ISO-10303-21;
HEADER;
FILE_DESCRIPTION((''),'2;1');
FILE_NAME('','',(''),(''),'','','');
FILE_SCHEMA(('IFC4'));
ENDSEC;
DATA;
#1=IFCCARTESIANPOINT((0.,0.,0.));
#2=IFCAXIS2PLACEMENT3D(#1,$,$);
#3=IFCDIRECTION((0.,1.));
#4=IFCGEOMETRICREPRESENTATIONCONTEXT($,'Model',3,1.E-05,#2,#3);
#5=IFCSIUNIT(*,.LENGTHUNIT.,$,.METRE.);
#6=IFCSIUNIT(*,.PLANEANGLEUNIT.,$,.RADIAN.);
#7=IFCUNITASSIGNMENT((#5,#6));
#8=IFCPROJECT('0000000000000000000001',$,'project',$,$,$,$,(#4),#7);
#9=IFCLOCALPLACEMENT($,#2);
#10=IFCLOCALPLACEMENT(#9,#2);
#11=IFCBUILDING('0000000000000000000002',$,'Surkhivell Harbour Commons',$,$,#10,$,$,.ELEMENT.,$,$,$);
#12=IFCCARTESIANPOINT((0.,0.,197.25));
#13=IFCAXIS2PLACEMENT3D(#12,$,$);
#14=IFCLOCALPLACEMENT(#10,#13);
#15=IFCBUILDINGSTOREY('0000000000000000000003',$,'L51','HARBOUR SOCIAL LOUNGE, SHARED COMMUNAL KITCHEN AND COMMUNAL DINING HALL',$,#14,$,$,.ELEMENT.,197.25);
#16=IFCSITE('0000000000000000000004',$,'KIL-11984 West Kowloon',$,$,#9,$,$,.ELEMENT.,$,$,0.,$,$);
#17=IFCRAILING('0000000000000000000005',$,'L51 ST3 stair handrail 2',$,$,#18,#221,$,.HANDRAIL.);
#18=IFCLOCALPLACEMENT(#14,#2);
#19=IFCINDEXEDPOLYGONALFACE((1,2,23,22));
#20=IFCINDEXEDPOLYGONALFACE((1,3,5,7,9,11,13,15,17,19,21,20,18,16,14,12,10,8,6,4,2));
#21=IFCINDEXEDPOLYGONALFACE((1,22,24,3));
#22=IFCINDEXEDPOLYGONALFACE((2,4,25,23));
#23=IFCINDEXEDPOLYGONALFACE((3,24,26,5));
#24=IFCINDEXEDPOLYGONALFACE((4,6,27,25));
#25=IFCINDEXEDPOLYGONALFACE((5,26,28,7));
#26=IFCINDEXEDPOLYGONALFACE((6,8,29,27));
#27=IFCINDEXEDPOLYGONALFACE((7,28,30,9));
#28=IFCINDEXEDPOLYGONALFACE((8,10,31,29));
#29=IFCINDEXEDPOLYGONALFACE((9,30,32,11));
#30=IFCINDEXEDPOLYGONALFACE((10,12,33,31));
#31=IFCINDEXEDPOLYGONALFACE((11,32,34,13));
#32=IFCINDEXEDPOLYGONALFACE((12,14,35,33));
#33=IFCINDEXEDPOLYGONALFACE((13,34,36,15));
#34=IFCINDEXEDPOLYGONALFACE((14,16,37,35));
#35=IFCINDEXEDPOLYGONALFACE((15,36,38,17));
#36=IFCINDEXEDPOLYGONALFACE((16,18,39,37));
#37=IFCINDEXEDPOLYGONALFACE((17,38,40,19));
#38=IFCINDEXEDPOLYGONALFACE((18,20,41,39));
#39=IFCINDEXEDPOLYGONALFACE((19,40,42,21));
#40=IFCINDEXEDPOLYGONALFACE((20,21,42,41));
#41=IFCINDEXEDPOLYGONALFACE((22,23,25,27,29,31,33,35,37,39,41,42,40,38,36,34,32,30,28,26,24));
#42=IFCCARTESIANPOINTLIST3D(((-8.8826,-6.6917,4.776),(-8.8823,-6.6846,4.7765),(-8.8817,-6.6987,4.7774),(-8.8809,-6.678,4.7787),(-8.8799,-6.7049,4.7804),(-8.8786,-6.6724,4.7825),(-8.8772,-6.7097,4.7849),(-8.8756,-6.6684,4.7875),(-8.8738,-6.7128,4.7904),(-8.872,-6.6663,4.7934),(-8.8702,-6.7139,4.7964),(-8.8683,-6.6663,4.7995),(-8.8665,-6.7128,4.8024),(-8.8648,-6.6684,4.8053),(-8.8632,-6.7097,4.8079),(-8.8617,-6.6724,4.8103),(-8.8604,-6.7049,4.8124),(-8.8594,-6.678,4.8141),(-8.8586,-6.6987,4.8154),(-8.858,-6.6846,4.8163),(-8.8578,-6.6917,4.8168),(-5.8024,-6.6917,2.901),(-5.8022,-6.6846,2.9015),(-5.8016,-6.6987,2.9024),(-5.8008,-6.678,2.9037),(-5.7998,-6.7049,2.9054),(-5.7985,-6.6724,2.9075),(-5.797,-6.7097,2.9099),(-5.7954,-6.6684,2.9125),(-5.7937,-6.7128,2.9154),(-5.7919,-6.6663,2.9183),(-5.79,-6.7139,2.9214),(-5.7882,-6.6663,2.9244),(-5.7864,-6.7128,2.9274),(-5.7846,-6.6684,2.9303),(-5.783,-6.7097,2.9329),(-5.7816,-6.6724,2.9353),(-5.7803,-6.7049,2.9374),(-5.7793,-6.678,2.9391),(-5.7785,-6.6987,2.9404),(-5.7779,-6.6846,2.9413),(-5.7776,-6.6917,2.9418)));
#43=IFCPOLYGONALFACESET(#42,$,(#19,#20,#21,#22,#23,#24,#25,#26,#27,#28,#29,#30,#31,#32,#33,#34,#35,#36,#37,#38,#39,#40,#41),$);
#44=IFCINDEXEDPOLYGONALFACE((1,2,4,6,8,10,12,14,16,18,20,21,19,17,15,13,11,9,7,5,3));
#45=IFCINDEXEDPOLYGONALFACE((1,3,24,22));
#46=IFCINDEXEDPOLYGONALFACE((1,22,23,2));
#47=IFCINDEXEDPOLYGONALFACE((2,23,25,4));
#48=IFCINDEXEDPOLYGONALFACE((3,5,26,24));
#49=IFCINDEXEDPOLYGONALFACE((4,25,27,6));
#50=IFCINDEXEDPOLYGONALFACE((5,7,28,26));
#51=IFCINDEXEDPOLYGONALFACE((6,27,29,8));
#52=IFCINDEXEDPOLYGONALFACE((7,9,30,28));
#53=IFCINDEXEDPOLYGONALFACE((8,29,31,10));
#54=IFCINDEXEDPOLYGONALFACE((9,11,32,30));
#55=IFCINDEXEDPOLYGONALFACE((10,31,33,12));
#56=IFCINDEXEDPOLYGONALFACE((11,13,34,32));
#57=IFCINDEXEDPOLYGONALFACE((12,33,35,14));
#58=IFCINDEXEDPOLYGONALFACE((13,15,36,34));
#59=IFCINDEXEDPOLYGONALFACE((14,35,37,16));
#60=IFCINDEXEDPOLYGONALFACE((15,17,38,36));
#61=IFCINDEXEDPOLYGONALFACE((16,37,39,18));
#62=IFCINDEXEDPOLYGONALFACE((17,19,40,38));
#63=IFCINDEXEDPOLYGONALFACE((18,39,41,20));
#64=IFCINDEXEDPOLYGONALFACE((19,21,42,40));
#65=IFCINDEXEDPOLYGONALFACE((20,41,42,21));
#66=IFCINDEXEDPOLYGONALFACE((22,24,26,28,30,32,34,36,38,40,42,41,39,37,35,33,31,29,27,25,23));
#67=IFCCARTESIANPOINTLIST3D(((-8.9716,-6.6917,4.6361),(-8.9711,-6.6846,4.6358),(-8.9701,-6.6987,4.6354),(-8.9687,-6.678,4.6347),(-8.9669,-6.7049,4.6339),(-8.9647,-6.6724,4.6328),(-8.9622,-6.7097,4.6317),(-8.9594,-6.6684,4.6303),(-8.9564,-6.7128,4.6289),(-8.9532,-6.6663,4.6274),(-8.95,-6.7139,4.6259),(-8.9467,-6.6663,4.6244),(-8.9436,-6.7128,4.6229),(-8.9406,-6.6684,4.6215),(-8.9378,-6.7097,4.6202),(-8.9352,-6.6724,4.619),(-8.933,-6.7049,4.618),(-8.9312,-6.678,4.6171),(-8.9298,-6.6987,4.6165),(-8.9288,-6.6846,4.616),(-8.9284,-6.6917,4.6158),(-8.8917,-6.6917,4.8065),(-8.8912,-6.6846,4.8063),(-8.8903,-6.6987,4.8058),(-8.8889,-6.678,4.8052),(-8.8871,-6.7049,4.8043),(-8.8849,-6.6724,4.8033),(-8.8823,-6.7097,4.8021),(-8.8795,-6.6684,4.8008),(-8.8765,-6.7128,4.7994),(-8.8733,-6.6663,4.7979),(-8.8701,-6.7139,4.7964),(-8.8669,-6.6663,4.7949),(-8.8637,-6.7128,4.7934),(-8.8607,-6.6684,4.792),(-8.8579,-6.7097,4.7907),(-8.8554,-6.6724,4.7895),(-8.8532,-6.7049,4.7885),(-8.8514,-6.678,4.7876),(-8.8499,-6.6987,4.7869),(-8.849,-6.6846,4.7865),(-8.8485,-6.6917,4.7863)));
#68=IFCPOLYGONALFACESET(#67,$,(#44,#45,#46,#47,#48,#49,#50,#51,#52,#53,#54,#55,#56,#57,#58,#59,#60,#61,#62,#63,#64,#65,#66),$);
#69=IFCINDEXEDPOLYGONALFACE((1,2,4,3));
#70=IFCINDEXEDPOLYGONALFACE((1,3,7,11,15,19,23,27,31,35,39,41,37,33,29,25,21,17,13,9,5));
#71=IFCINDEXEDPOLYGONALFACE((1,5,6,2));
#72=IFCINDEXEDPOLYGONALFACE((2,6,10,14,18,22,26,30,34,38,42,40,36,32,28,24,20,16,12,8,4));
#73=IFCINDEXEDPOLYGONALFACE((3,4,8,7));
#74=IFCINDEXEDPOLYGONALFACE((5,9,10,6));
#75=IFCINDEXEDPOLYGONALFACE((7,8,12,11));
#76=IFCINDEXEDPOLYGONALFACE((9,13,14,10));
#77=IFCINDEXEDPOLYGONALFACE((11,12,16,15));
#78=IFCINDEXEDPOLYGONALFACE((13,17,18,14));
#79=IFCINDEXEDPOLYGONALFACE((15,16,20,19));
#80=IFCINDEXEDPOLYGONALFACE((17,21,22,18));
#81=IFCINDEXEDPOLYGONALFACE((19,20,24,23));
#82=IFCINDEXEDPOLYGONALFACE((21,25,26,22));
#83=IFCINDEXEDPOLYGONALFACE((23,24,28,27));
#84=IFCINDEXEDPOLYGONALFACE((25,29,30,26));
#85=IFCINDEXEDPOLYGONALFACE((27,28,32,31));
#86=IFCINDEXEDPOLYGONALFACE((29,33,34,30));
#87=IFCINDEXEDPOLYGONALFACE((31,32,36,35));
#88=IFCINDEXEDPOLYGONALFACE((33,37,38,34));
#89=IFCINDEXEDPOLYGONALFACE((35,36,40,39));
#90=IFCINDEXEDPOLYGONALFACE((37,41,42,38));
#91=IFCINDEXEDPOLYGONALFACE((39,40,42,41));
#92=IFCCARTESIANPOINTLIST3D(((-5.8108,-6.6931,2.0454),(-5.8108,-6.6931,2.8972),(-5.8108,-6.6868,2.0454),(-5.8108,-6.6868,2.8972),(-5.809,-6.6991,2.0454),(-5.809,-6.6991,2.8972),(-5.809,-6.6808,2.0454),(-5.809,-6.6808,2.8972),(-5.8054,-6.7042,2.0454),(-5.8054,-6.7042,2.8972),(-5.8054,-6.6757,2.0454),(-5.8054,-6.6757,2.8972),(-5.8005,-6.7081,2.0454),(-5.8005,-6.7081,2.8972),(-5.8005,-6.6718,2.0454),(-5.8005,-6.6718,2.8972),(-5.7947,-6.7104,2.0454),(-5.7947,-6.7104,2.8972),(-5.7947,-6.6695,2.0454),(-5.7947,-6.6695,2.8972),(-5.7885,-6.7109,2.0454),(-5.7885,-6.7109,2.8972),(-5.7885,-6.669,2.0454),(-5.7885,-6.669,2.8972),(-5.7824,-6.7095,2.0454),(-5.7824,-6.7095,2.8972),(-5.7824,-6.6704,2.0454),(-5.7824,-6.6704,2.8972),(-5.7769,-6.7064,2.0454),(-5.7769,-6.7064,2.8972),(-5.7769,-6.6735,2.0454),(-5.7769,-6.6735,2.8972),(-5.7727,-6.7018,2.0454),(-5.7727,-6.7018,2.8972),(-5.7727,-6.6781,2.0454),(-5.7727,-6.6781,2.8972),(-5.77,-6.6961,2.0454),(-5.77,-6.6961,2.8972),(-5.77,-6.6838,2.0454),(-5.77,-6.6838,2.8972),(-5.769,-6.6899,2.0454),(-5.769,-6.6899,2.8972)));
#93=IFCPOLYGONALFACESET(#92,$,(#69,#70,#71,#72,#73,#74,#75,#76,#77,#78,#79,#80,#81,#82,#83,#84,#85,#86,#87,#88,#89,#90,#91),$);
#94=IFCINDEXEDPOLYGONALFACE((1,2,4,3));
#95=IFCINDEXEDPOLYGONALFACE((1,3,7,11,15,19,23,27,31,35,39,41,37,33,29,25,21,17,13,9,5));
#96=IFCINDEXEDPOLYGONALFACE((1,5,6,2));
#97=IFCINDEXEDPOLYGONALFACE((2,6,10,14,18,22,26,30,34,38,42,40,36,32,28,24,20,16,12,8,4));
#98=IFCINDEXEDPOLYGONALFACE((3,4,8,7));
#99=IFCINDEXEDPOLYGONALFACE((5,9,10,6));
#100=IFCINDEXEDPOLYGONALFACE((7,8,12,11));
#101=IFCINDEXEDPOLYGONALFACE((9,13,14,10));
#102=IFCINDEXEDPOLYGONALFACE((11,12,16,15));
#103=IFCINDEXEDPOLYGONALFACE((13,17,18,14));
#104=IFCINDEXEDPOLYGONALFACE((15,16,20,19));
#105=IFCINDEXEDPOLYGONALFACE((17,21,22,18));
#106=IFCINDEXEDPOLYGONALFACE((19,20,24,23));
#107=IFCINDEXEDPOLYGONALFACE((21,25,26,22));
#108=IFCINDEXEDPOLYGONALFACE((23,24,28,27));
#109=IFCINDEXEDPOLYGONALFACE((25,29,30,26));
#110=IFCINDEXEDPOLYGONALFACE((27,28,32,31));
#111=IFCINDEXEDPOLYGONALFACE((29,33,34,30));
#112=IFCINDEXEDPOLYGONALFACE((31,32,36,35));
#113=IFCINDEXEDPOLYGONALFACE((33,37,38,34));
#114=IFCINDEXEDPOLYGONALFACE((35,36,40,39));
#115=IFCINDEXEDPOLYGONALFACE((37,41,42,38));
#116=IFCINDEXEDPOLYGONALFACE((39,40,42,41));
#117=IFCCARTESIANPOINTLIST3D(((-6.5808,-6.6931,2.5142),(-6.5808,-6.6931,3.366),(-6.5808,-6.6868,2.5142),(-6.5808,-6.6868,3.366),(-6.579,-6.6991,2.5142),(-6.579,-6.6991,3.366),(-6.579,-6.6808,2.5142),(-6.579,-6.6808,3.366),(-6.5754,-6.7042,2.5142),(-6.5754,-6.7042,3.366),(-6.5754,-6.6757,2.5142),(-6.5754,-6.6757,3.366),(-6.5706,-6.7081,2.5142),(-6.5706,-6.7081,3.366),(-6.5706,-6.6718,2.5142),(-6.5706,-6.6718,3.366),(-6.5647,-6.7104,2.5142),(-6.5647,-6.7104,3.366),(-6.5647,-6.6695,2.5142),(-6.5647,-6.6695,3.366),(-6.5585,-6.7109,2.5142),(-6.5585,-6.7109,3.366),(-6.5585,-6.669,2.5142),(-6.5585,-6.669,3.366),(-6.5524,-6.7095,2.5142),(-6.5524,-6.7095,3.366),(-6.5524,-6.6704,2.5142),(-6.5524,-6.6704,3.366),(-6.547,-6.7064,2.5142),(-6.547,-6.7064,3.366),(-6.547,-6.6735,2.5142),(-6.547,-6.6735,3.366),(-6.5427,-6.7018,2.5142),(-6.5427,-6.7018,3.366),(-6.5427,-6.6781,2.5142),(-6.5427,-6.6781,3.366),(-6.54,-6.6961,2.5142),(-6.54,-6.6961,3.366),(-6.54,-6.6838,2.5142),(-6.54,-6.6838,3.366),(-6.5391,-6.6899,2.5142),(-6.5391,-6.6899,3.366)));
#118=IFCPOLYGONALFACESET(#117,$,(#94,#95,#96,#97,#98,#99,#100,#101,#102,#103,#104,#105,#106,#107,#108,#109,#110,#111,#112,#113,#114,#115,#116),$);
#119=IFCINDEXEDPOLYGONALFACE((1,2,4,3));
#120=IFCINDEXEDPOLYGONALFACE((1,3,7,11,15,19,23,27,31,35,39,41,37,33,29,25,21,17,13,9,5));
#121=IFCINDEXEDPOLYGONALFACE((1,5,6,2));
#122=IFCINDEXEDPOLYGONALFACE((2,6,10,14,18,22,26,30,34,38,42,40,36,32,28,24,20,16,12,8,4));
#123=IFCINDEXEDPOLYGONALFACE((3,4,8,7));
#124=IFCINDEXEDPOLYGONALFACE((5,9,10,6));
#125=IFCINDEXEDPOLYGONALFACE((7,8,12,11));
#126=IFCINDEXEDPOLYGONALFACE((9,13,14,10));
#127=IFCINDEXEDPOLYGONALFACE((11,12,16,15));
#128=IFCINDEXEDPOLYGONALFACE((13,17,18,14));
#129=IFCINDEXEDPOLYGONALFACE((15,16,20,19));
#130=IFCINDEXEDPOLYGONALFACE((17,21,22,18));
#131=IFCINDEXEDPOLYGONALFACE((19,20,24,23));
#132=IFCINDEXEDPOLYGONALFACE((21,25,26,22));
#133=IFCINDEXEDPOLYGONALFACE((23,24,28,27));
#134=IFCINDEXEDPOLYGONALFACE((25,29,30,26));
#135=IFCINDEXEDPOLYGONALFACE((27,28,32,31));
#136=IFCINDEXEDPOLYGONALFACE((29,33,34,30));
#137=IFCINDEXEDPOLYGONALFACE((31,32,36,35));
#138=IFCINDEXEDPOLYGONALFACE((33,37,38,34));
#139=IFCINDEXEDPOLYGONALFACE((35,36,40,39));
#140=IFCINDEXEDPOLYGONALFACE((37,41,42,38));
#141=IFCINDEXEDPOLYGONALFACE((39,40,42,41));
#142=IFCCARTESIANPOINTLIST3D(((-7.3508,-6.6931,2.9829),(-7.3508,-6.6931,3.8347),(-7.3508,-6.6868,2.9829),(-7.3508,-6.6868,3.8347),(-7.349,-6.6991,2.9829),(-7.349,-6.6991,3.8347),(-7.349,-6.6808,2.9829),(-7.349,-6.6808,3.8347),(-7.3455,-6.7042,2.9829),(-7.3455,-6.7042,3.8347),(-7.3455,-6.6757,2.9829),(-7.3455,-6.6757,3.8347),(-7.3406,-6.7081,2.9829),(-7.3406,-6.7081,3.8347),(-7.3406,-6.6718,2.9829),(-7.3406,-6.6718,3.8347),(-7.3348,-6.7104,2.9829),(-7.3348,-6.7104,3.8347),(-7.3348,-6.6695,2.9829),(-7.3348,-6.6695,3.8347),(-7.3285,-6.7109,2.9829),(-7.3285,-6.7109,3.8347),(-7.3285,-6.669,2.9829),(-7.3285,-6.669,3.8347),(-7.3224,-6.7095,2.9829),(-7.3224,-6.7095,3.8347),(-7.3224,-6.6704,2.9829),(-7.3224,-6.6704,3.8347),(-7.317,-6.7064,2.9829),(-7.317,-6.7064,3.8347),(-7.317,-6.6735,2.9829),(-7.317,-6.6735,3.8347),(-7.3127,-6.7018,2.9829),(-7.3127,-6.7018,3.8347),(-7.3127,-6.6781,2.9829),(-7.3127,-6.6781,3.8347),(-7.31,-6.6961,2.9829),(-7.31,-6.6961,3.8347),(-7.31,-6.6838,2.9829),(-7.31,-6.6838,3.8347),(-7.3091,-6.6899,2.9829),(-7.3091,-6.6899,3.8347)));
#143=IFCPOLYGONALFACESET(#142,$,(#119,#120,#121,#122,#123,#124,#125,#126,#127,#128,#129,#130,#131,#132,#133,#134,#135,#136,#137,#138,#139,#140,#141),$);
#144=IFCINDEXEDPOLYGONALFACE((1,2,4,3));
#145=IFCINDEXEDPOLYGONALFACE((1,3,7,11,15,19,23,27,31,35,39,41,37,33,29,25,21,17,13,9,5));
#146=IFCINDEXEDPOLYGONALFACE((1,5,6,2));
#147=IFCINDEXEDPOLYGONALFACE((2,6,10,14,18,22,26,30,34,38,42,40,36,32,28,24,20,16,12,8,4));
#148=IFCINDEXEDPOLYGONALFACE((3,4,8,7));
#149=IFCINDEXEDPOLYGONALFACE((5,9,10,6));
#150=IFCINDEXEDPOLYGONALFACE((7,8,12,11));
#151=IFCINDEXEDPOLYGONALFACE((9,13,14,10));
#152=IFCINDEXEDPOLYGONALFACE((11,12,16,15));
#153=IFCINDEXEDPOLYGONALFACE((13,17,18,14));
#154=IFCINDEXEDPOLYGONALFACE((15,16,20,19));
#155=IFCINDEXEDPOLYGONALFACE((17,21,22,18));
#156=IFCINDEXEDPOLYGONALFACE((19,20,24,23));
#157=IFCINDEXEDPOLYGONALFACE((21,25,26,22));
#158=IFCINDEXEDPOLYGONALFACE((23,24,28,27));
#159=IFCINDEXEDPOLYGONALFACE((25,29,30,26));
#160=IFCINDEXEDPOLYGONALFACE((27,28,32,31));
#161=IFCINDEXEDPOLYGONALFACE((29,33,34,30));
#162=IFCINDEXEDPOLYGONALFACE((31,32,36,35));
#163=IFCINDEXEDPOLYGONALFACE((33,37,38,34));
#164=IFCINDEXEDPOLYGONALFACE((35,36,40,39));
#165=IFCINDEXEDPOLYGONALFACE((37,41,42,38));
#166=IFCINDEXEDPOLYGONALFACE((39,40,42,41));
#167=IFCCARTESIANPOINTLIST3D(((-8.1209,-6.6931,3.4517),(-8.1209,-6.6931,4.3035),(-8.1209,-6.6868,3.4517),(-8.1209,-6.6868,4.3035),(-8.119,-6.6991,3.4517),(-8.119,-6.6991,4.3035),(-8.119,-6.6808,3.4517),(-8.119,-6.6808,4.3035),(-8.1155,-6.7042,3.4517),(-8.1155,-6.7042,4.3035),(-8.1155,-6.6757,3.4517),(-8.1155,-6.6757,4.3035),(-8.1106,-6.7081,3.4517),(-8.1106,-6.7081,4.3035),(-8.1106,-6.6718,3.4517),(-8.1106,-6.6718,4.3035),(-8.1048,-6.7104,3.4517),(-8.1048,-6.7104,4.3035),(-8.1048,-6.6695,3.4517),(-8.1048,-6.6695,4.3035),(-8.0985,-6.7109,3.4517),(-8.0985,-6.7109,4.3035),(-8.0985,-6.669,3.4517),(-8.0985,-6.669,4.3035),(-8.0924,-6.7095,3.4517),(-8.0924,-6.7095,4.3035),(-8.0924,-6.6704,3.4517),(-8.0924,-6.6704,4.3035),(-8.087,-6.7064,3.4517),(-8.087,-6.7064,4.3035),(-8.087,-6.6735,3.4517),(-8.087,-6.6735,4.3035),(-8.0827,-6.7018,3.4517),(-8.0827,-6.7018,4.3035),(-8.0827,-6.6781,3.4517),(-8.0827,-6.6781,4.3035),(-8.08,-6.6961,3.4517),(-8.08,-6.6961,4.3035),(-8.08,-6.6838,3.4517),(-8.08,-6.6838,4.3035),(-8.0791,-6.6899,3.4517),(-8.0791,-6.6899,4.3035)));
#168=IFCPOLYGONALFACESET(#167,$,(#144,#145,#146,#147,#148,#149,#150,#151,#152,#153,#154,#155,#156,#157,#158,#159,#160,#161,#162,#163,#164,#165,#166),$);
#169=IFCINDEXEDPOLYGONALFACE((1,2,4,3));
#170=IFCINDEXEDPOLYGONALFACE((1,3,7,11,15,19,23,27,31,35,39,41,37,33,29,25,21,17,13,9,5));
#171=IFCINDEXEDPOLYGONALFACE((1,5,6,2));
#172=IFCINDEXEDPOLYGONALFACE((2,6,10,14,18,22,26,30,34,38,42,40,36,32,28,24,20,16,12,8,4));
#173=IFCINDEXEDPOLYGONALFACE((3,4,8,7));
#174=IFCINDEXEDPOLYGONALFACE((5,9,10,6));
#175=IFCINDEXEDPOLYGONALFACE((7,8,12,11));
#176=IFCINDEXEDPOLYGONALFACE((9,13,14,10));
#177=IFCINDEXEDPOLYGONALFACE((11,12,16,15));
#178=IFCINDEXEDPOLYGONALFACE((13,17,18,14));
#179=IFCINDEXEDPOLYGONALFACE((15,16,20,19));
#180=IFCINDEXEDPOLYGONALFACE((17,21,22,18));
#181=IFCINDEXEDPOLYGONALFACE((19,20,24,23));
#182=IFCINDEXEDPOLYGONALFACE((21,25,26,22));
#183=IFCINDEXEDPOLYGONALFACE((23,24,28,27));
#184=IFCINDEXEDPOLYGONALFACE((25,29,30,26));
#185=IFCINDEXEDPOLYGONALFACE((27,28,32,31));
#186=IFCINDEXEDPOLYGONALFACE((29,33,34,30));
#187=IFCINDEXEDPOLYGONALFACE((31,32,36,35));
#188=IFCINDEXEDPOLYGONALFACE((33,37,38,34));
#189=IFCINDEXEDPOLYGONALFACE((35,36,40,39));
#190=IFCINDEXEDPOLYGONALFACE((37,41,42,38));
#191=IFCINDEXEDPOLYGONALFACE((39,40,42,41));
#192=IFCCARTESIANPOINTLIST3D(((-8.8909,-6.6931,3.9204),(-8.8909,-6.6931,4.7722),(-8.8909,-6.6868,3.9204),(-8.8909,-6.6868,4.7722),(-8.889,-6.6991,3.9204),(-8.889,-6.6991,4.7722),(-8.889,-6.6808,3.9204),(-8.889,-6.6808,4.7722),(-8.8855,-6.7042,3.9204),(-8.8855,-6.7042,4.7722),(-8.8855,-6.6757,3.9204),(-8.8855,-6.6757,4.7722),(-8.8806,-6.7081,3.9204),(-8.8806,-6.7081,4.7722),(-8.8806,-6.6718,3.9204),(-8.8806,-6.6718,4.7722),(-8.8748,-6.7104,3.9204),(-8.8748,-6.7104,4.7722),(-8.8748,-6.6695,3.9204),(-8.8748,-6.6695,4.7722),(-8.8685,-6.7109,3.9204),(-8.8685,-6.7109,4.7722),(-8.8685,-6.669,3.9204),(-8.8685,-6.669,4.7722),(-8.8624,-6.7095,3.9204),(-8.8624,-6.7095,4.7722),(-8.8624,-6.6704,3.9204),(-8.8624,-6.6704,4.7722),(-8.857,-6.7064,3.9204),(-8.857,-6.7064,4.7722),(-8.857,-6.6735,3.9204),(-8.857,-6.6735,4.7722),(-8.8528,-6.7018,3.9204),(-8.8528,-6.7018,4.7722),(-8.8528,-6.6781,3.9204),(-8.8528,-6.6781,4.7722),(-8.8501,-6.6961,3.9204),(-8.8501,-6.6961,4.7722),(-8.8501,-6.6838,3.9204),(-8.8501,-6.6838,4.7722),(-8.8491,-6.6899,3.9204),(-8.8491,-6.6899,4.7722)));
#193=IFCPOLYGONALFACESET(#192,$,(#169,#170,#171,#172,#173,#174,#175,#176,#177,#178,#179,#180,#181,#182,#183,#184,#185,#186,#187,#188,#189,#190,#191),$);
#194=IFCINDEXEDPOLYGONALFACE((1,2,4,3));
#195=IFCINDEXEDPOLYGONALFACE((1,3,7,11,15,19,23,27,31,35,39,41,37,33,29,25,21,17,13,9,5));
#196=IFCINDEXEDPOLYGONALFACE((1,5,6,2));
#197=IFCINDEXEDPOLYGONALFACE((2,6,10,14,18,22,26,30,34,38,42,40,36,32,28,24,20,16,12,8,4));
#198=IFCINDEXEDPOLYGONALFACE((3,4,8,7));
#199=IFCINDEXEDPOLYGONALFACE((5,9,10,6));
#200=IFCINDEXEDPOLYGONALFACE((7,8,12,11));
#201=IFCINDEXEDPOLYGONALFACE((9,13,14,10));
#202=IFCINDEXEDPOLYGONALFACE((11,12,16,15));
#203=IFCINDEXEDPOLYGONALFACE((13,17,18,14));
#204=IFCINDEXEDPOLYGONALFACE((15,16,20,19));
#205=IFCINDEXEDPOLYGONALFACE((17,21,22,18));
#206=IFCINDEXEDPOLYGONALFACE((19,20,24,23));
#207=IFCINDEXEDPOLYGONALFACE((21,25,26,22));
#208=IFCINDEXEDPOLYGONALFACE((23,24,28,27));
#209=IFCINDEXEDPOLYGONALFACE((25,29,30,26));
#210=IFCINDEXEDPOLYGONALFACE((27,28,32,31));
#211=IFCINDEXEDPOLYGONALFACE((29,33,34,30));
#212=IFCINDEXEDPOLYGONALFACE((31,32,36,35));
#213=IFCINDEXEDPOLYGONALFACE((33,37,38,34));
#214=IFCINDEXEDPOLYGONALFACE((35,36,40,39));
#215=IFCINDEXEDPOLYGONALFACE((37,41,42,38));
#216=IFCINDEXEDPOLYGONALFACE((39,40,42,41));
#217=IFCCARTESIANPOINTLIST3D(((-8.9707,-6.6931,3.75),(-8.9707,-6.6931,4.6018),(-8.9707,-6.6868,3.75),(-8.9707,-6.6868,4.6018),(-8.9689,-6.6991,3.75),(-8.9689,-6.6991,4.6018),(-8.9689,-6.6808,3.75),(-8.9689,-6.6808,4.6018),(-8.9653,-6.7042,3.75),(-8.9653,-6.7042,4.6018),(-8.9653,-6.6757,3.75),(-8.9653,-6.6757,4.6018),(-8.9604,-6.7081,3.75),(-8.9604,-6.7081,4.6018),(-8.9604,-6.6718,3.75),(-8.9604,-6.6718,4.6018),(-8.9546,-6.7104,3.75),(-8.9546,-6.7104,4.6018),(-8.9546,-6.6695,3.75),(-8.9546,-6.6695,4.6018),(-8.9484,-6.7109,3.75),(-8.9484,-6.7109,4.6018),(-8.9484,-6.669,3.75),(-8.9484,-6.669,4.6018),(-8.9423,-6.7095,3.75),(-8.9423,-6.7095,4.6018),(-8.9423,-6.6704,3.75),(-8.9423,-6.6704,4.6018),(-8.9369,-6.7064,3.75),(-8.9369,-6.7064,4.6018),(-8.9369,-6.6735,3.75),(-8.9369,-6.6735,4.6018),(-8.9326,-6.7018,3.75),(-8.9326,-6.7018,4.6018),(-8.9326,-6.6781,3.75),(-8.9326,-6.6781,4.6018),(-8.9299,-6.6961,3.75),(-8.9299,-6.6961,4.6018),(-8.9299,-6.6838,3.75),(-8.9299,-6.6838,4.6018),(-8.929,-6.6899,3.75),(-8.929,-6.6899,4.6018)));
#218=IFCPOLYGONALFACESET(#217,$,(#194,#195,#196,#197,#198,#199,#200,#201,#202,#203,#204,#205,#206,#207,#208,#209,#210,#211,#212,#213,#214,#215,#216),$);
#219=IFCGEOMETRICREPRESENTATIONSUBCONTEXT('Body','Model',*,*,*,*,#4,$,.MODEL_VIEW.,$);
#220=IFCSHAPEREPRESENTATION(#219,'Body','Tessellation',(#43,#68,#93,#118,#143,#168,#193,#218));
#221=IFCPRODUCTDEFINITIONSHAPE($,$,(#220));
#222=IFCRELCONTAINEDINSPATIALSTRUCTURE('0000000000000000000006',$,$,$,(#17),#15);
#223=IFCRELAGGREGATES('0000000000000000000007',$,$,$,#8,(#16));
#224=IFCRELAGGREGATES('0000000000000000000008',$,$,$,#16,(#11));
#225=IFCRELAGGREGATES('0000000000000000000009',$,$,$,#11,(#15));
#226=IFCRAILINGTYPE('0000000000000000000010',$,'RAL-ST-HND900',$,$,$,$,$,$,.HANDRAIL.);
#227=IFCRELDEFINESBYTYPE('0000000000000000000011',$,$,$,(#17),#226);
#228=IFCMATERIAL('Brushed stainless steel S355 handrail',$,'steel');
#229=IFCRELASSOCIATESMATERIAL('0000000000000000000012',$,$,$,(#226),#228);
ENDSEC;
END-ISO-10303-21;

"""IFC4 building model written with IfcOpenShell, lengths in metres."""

from ifc_helpers import new_model, si_unit, direction, frame, origin, origin_2d, place, context, subcontext, project, spatial, circle, extrude, material, type_object, element, save


model = new_model("IFC4")

# Units and contexts
model_context = context("Model", 3, precision=1e-05, world=origin(), true_north=direction((0.0, 1.0)))
body_context = subcontext(model_context, "Body", "Model", "MODEL_VIEW")
ifc_project = project(units=[si_unit("LENGTHUNIT", "METRE"), si_unit("PLANEANGLEUNIT", "RADIAN")], contexts=[model_context])

# Site, building, storey
site_placement = place(None, origin())
site = spatial("IfcSite", under=ifc_project, at=site_placement, Name="KIL-11984 West Kowloon", CompositionType="ELEMENT", RefElevation=0.0)
building_placement = place(site_placement, origin())
building = spatial("IfcBuilding", under=site, at=building_placement, Name="Surkhivell Harbour Commons", CompositionType="ELEMENT")
storey_placement = place(building_placement, frame((0.0, 0.0, 197.25)))
storey = spatial("IfcBuildingStorey", under=building, at=storey_placement, Name="L51", Description="HARBOUR SOCIAL LOUNGE, SHARED COMMUNAL KITCHEN AND COMMUNAL DINING HALL", CompositionType="ELEMENT", Elevation=197.25)

# Railing
ifc_material_1 = material(Name="Brushed stainless steel S355 handrail", Category="steel")
railing_type_1 = type_object("IfcRailingType", Name="RAL-ST-HND900", PredefinedType="HANDRAIL", material=ifc_material_1)
railing_1_placement = place(storey_placement, frame((-5.79, -6.6899, 2.0454)))
element("IfcRailing", 1, at=railing_1_placement, inside=storey, type_object=railing_type_1, Name="L51 ST3 stair handrail 2", PredefinedType="HANDRAIL", context=body_context, shape_type="SweptSolid", body=[
    extrude(circle(Radius=0.0239, at=origin_2d()), frame((0.0, 0.0, 0.876), z_axis=(-0.854178, 0.0, 0.519981), x_axis=(0.0, -1.0, 0.0)), (0.0, 0.0, 1.0), 3.606),
    extrude(circle(Radius=0.0239, at=origin_2d()), frame((-3.0801, 0.0, 2.751), z_axis=(-0.424234, 0.0, -0.905552), x_axis=(0.0, -1.0, 0.0)), (0.0, 0.0, 1.0), 0.1882),
    extrude(circle(Radius=0.021, at=origin_2d()), origin(), (0.0, 0.0, 1.0), 0.8518),
    extrude(circle(Radius=0.021, at=origin_2d()), frame((-0.77, 0.0, 0.4688)), (0.0, 0.0, 1.0), 0.8518),
    extrude(circle(Radius=0.021, at=origin_2d()), frame((-1.54, 0.0, 0.9375)), (0.0, 0.0, 1.0), 0.8518),
    extrude(circle(Radius=0.021, at=origin_2d()), frame((-2.3101, 0.0, 1.4062)), (0.0, 0.0, 1.0), 0.8518),
    extrude(circle(Radius=0.021, at=origin_2d()), frame((-3.0801, 0.0, 1.875)), (0.0, 0.0, 1.0), 0.8518),
    extrude(circle(Radius=0.021, at=origin_2d()), frame((-3.1599, 0.0, 1.7046)), (0.0, 0.0, 1.0), 0.8518),
])

save(model, "model.ifc")
